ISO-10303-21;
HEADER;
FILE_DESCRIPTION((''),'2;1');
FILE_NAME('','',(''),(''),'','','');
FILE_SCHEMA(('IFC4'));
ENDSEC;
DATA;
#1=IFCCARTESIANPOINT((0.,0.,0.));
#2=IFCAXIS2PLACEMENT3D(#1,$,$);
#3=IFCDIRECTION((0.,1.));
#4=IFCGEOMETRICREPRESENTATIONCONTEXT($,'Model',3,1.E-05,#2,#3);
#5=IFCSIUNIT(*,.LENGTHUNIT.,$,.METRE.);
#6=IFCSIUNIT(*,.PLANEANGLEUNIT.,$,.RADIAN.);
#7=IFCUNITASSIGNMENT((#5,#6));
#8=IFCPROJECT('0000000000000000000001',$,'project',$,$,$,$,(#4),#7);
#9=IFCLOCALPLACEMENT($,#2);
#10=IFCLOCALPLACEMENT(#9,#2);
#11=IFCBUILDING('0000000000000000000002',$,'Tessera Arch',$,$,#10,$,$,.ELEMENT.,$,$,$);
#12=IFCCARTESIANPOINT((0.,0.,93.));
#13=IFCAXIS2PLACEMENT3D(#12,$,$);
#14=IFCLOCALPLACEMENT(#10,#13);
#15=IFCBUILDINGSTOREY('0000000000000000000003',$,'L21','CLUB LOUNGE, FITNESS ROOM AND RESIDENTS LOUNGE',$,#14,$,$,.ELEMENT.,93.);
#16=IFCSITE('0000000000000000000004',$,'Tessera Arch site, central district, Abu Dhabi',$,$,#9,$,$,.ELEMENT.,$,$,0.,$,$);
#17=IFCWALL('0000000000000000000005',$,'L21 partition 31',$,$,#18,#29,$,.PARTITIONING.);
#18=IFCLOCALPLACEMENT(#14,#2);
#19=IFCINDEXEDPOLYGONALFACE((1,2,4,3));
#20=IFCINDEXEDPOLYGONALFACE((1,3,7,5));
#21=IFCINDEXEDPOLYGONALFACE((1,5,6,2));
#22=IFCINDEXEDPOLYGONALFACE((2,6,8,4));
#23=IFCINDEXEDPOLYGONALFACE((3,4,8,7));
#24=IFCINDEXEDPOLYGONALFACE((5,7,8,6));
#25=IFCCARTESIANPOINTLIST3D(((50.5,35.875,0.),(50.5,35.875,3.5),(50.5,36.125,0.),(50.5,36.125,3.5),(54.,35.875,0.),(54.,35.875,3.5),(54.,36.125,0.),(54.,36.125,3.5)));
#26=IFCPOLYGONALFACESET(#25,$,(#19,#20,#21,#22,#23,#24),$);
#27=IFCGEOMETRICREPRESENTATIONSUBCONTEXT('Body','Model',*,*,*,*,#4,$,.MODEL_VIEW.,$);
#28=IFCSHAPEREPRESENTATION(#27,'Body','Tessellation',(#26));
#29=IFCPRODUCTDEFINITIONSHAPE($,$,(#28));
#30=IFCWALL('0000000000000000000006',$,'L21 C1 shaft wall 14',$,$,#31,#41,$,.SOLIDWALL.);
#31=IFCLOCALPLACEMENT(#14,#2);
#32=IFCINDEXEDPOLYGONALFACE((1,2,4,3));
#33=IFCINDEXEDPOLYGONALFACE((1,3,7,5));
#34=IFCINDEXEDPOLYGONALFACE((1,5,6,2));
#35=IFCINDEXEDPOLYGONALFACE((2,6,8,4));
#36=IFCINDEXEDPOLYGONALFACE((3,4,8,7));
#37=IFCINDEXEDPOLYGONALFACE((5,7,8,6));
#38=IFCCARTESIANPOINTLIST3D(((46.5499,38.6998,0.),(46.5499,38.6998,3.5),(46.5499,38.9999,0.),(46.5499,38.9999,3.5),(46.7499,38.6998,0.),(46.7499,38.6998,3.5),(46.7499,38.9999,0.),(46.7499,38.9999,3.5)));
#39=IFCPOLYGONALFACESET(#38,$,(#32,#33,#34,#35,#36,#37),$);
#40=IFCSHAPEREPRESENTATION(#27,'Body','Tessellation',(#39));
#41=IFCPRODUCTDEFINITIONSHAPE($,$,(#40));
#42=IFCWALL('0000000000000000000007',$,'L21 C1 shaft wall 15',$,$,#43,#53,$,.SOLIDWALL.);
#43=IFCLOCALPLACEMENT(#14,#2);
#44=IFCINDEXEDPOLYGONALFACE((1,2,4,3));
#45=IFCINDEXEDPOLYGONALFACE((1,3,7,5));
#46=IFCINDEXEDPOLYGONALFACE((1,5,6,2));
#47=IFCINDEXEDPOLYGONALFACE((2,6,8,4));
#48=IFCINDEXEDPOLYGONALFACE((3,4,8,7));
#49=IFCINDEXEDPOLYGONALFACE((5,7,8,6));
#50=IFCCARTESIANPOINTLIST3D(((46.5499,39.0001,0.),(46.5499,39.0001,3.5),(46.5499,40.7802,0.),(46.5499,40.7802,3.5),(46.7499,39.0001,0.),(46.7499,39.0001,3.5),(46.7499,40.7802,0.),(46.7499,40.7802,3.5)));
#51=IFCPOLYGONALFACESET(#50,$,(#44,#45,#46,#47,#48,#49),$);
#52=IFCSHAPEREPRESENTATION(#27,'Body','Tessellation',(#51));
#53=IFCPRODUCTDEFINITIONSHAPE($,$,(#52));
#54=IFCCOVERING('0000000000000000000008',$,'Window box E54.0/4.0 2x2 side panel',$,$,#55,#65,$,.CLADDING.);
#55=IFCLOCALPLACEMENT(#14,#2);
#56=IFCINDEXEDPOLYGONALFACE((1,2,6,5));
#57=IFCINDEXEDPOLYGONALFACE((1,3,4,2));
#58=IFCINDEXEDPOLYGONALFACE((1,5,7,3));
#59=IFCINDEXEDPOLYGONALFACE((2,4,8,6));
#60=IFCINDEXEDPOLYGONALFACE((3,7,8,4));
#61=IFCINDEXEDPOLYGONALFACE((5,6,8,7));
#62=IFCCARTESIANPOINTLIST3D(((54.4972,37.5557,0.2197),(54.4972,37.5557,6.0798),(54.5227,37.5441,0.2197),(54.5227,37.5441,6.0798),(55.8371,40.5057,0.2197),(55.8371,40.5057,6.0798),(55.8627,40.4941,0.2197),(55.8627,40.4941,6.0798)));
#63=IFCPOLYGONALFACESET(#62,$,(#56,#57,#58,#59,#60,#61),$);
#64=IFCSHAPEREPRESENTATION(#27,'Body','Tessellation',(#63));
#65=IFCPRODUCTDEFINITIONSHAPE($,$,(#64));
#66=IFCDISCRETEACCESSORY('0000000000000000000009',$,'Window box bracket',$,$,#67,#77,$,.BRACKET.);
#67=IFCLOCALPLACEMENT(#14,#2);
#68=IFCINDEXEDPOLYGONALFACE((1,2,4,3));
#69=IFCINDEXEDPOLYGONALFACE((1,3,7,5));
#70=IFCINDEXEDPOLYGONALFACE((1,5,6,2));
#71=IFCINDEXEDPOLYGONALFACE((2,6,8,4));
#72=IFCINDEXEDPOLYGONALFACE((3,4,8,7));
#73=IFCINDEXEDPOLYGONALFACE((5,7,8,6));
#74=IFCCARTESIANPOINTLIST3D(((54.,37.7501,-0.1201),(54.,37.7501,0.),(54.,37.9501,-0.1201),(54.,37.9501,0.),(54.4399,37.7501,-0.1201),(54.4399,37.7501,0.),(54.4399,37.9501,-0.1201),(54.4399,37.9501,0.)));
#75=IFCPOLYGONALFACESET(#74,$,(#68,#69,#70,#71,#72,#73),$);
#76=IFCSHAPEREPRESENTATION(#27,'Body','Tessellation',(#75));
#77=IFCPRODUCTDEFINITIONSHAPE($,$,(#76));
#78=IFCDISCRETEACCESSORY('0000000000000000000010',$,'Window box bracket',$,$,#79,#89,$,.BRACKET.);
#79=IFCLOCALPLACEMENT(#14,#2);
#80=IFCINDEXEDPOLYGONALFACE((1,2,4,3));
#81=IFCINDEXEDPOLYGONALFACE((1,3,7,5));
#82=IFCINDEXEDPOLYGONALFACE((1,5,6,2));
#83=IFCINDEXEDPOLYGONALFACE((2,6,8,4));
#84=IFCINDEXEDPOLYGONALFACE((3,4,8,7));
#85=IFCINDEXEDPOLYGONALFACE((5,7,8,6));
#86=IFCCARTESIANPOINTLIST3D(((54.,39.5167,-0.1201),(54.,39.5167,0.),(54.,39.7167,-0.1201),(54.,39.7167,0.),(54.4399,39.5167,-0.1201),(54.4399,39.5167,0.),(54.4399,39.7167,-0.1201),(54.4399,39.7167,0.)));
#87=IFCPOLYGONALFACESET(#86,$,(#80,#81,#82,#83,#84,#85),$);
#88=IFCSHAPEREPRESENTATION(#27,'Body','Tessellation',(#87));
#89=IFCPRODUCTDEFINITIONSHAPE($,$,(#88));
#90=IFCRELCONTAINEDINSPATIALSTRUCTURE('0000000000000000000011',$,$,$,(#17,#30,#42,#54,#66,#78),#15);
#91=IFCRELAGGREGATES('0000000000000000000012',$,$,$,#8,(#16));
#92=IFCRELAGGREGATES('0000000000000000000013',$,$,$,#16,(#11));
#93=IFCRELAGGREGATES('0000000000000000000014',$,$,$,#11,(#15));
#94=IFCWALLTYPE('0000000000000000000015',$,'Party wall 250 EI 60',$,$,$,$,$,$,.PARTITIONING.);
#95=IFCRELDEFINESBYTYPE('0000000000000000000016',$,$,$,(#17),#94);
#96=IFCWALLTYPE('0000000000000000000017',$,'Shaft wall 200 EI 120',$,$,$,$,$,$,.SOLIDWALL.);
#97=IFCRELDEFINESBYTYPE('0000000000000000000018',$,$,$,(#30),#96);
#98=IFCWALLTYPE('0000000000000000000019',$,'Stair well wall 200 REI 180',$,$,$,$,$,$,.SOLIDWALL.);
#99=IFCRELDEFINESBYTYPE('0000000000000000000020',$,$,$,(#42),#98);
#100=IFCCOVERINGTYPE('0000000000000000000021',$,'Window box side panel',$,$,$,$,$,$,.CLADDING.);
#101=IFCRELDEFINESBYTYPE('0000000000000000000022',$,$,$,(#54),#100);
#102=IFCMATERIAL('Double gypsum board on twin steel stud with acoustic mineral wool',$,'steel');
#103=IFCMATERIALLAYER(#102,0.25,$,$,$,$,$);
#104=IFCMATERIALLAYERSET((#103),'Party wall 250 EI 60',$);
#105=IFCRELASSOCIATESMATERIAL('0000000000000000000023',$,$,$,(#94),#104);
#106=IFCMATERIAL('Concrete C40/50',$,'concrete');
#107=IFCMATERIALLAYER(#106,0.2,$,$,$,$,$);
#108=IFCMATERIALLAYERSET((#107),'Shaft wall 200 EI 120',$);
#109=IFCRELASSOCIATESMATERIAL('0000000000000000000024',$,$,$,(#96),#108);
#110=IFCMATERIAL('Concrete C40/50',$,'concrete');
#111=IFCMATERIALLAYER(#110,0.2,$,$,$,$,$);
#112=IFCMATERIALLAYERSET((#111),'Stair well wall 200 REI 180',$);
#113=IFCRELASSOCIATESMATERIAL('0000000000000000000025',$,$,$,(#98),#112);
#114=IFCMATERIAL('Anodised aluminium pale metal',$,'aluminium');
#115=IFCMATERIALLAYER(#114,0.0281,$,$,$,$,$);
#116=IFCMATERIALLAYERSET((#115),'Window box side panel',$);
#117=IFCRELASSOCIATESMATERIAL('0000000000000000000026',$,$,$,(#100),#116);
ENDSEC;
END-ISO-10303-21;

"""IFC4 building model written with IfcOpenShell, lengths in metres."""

from ifc_helpers import new_model, si_unit, direction, frame, frame_2d, origin, origin_2d, place, context, subcontext, project, spatial, rectangle, extrude, material, layer, layer_set, type_object, element, save


model = new_model("IFC4")

# Units and contexts
model_context = context("Model", 3, precision=1e-05, world=origin(), true_north=direction((0.0, 1.0)))
body_context = subcontext(model_context, "Body", "Model", "MODEL_VIEW")
ifc_project = project(units=[si_unit("LENGTHUNIT", "METRE"), si_unit("PLANEANGLEUNIT", "RADIAN")], contexts=[model_context])

# Site, building, storey
site_placement = place(None, origin())
site = spatial("IfcSite", under=ifc_project, at=site_placement, Name="Tessera Arch site, central district, Abu Dhabi", CompositionType="ELEMENT", RefElevation=0.0)
building_placement = place(site_placement, origin())
building = spatial("IfcBuilding", under=site, at=building_placement, Name="Tessera Arch", CompositionType="ELEMENT")
storey_placement = place(building_placement, frame((0.0, 0.0, 93.0)))
storey = spatial("IfcBuildingStorey", under=building, at=storey_placement, Name="L21", Description="CLUB LOUNGE, FITNESS ROOM AND RESIDENTS LOUNGE", CompositionType="ELEMENT", Elevation=93.0)

# Walls
ifc_material_1 = material(Name="Double gypsum board on twin steel stud with acoustic mineral wool", Category="steel")
ifc_layer_1 = layer(ifc_material_1, 0.25)
ifc_layer_set_1 = layer_set([ifc_layer_1], Name="Party wall 250 EI 60")
wall_type_1 = type_object("IfcWallType", Name="Party wall 250 EI 60", PredefinedType="PARTITIONING", material=ifc_layer_set_1)
wall_1_placement = place(storey_placement, frame((50.5, 36.0, 0.0), z_axis=(0.0, 0.0, 1.0), x_axis=(1.0, 0.0, 0.0)))
element("IfcWall", 1, at=wall_1_placement, inside=storey, type_object=wall_type_1, Name="L21 partition 31", PredefinedType="PARTITIONING", context=body_context, shape_type="SweptSolid", body=[
    extrude(rectangle(XDim=3.5, YDim=0.25, at=frame_2d((1.75, 0.0))), origin(), (0.0, 0.0, 1.0), 3.5),
])
ifc_material_2 = material(Name="Concrete C40/50", Category="concrete")
ifc_layer_2 = layer(ifc_material_2, 0.2)
ifc_layer_set_2 = layer_set([ifc_layer_2], Name="Shaft wall 200 EI 120")
wall_type_2 = type_object("IfcWallType", Name="Shaft wall 200 EI 120", PredefinedType="SOLIDWALL", material=ifc_layer_set_2)
wall_2_placement = place(storey_placement, frame((46.6499, 38.7, 0.0), z_axis=(0.0, 0.0, 1.0), x_axis=(0.0, 1.0, 0.0)))
element("IfcWall", 2, at=wall_2_placement, inside=storey, type_object=wall_type_2, Name="L21 C1 shaft wall 14", PredefinedType="SOLIDWALL", context=body_context, shape_type="SweptSolid", body=[
    extrude(rectangle(XDim=0.3, YDim=0.2, at=frame_2d((0.1499, 0.0))), origin(), (0.0, 0.0, 1.0), 3.5),
])
ifc_material_3 = material(Name="Concrete C40/50", Category="concrete")
ifc_layer_3 = layer(ifc_material_3, 0.2)
ifc_layer_set_3 = layer_set([ifc_layer_3], Name="Stair well wall 200 REI 180")
wall_type_3 = type_object("IfcWallType", Name="Stair well wall 200 REI 180", PredefinedType="SOLIDWALL", material=ifc_layer_set_3)
wall_3_placement = place(storey_placement, frame((46.6499, 39.0, 0.0), z_axis=(0.0, 0.0, 1.0), x_axis=(0.0, 1.0, 0.0)))
element("IfcWall", 3, at=wall_3_placement, inside=storey, type_object=wall_type_3, Name="L21 C1 shaft wall 15", PredefinedType="SOLIDWALL", context=body_context, shape_type="SweptSolid", body=[
    extrude(rectangle(XDim=1.78, YDim=0.2, at=frame_2d((0.8901, 0.0))), origin(), (0.0, 0.0, 1.0), 3.5),
])

# Covering
ifc_material_4 = material(Name="Anodised aluminium pale metal", Category="aluminium")
ifc_layer_4 = layer(ifc_material_4, 0.0281)
ifc_layer_set_4 = layer_set([ifc_layer_4], Name="Window box side panel")
covering_type = type_object("IfcCoveringType", Name="Window box side panel", PredefinedType="CLADDING", material=ifc_layer_set_4)
covering_placement = place(storey_placement, frame((55.1799, 39.0249, 0.2197), z_axis=(0.0, 0.0, 1.0), x_axis=(0.41357, 0.910472, 0.0)))
element("IfcCovering", 4, at=covering_placement, inside=storey, type_object=covering_type, Name="Window box E54.0/4.0 2x2 side panel", PredefinedType="CLADDING", context=body_context, shape_type="SweptSolid", body=[
    extrude(rectangle(XDim=3.24, YDim=0.0281, at=origin_2d()), origin(), (0.0, 0.0, 1.0), 5.8601),
])

# Discrete accessories
for number, where, z_axis, x_axis, name in (
    (5, (54.22, 37.8501, -0.1201), (0.0, 0.0, 1.0), (1.0, 0.0, 0.0), "Window box bracket"),
    (6, (54.22, 39.6167, -0.1201), (0.0, 0.0, 1.0), (1.0, 0.0, 0.0), "Window box bracket"),
):
    element("IfcDiscreteAccessory", number, at=place(storey_placement, frame(where, z_axis=z_axis, x_axis=x_axis)), inside=storey, Name=name, PredefinedType="BRACKET", context=body_context, shape_type="SweptSolid", body=[
        extrude(rectangle(XDim=0.4399, YDim=0.2, at=origin_2d()), origin(), (0.0, 0.0, 1.0), 0.1201),
    ])

save(model, "model.ifc")
